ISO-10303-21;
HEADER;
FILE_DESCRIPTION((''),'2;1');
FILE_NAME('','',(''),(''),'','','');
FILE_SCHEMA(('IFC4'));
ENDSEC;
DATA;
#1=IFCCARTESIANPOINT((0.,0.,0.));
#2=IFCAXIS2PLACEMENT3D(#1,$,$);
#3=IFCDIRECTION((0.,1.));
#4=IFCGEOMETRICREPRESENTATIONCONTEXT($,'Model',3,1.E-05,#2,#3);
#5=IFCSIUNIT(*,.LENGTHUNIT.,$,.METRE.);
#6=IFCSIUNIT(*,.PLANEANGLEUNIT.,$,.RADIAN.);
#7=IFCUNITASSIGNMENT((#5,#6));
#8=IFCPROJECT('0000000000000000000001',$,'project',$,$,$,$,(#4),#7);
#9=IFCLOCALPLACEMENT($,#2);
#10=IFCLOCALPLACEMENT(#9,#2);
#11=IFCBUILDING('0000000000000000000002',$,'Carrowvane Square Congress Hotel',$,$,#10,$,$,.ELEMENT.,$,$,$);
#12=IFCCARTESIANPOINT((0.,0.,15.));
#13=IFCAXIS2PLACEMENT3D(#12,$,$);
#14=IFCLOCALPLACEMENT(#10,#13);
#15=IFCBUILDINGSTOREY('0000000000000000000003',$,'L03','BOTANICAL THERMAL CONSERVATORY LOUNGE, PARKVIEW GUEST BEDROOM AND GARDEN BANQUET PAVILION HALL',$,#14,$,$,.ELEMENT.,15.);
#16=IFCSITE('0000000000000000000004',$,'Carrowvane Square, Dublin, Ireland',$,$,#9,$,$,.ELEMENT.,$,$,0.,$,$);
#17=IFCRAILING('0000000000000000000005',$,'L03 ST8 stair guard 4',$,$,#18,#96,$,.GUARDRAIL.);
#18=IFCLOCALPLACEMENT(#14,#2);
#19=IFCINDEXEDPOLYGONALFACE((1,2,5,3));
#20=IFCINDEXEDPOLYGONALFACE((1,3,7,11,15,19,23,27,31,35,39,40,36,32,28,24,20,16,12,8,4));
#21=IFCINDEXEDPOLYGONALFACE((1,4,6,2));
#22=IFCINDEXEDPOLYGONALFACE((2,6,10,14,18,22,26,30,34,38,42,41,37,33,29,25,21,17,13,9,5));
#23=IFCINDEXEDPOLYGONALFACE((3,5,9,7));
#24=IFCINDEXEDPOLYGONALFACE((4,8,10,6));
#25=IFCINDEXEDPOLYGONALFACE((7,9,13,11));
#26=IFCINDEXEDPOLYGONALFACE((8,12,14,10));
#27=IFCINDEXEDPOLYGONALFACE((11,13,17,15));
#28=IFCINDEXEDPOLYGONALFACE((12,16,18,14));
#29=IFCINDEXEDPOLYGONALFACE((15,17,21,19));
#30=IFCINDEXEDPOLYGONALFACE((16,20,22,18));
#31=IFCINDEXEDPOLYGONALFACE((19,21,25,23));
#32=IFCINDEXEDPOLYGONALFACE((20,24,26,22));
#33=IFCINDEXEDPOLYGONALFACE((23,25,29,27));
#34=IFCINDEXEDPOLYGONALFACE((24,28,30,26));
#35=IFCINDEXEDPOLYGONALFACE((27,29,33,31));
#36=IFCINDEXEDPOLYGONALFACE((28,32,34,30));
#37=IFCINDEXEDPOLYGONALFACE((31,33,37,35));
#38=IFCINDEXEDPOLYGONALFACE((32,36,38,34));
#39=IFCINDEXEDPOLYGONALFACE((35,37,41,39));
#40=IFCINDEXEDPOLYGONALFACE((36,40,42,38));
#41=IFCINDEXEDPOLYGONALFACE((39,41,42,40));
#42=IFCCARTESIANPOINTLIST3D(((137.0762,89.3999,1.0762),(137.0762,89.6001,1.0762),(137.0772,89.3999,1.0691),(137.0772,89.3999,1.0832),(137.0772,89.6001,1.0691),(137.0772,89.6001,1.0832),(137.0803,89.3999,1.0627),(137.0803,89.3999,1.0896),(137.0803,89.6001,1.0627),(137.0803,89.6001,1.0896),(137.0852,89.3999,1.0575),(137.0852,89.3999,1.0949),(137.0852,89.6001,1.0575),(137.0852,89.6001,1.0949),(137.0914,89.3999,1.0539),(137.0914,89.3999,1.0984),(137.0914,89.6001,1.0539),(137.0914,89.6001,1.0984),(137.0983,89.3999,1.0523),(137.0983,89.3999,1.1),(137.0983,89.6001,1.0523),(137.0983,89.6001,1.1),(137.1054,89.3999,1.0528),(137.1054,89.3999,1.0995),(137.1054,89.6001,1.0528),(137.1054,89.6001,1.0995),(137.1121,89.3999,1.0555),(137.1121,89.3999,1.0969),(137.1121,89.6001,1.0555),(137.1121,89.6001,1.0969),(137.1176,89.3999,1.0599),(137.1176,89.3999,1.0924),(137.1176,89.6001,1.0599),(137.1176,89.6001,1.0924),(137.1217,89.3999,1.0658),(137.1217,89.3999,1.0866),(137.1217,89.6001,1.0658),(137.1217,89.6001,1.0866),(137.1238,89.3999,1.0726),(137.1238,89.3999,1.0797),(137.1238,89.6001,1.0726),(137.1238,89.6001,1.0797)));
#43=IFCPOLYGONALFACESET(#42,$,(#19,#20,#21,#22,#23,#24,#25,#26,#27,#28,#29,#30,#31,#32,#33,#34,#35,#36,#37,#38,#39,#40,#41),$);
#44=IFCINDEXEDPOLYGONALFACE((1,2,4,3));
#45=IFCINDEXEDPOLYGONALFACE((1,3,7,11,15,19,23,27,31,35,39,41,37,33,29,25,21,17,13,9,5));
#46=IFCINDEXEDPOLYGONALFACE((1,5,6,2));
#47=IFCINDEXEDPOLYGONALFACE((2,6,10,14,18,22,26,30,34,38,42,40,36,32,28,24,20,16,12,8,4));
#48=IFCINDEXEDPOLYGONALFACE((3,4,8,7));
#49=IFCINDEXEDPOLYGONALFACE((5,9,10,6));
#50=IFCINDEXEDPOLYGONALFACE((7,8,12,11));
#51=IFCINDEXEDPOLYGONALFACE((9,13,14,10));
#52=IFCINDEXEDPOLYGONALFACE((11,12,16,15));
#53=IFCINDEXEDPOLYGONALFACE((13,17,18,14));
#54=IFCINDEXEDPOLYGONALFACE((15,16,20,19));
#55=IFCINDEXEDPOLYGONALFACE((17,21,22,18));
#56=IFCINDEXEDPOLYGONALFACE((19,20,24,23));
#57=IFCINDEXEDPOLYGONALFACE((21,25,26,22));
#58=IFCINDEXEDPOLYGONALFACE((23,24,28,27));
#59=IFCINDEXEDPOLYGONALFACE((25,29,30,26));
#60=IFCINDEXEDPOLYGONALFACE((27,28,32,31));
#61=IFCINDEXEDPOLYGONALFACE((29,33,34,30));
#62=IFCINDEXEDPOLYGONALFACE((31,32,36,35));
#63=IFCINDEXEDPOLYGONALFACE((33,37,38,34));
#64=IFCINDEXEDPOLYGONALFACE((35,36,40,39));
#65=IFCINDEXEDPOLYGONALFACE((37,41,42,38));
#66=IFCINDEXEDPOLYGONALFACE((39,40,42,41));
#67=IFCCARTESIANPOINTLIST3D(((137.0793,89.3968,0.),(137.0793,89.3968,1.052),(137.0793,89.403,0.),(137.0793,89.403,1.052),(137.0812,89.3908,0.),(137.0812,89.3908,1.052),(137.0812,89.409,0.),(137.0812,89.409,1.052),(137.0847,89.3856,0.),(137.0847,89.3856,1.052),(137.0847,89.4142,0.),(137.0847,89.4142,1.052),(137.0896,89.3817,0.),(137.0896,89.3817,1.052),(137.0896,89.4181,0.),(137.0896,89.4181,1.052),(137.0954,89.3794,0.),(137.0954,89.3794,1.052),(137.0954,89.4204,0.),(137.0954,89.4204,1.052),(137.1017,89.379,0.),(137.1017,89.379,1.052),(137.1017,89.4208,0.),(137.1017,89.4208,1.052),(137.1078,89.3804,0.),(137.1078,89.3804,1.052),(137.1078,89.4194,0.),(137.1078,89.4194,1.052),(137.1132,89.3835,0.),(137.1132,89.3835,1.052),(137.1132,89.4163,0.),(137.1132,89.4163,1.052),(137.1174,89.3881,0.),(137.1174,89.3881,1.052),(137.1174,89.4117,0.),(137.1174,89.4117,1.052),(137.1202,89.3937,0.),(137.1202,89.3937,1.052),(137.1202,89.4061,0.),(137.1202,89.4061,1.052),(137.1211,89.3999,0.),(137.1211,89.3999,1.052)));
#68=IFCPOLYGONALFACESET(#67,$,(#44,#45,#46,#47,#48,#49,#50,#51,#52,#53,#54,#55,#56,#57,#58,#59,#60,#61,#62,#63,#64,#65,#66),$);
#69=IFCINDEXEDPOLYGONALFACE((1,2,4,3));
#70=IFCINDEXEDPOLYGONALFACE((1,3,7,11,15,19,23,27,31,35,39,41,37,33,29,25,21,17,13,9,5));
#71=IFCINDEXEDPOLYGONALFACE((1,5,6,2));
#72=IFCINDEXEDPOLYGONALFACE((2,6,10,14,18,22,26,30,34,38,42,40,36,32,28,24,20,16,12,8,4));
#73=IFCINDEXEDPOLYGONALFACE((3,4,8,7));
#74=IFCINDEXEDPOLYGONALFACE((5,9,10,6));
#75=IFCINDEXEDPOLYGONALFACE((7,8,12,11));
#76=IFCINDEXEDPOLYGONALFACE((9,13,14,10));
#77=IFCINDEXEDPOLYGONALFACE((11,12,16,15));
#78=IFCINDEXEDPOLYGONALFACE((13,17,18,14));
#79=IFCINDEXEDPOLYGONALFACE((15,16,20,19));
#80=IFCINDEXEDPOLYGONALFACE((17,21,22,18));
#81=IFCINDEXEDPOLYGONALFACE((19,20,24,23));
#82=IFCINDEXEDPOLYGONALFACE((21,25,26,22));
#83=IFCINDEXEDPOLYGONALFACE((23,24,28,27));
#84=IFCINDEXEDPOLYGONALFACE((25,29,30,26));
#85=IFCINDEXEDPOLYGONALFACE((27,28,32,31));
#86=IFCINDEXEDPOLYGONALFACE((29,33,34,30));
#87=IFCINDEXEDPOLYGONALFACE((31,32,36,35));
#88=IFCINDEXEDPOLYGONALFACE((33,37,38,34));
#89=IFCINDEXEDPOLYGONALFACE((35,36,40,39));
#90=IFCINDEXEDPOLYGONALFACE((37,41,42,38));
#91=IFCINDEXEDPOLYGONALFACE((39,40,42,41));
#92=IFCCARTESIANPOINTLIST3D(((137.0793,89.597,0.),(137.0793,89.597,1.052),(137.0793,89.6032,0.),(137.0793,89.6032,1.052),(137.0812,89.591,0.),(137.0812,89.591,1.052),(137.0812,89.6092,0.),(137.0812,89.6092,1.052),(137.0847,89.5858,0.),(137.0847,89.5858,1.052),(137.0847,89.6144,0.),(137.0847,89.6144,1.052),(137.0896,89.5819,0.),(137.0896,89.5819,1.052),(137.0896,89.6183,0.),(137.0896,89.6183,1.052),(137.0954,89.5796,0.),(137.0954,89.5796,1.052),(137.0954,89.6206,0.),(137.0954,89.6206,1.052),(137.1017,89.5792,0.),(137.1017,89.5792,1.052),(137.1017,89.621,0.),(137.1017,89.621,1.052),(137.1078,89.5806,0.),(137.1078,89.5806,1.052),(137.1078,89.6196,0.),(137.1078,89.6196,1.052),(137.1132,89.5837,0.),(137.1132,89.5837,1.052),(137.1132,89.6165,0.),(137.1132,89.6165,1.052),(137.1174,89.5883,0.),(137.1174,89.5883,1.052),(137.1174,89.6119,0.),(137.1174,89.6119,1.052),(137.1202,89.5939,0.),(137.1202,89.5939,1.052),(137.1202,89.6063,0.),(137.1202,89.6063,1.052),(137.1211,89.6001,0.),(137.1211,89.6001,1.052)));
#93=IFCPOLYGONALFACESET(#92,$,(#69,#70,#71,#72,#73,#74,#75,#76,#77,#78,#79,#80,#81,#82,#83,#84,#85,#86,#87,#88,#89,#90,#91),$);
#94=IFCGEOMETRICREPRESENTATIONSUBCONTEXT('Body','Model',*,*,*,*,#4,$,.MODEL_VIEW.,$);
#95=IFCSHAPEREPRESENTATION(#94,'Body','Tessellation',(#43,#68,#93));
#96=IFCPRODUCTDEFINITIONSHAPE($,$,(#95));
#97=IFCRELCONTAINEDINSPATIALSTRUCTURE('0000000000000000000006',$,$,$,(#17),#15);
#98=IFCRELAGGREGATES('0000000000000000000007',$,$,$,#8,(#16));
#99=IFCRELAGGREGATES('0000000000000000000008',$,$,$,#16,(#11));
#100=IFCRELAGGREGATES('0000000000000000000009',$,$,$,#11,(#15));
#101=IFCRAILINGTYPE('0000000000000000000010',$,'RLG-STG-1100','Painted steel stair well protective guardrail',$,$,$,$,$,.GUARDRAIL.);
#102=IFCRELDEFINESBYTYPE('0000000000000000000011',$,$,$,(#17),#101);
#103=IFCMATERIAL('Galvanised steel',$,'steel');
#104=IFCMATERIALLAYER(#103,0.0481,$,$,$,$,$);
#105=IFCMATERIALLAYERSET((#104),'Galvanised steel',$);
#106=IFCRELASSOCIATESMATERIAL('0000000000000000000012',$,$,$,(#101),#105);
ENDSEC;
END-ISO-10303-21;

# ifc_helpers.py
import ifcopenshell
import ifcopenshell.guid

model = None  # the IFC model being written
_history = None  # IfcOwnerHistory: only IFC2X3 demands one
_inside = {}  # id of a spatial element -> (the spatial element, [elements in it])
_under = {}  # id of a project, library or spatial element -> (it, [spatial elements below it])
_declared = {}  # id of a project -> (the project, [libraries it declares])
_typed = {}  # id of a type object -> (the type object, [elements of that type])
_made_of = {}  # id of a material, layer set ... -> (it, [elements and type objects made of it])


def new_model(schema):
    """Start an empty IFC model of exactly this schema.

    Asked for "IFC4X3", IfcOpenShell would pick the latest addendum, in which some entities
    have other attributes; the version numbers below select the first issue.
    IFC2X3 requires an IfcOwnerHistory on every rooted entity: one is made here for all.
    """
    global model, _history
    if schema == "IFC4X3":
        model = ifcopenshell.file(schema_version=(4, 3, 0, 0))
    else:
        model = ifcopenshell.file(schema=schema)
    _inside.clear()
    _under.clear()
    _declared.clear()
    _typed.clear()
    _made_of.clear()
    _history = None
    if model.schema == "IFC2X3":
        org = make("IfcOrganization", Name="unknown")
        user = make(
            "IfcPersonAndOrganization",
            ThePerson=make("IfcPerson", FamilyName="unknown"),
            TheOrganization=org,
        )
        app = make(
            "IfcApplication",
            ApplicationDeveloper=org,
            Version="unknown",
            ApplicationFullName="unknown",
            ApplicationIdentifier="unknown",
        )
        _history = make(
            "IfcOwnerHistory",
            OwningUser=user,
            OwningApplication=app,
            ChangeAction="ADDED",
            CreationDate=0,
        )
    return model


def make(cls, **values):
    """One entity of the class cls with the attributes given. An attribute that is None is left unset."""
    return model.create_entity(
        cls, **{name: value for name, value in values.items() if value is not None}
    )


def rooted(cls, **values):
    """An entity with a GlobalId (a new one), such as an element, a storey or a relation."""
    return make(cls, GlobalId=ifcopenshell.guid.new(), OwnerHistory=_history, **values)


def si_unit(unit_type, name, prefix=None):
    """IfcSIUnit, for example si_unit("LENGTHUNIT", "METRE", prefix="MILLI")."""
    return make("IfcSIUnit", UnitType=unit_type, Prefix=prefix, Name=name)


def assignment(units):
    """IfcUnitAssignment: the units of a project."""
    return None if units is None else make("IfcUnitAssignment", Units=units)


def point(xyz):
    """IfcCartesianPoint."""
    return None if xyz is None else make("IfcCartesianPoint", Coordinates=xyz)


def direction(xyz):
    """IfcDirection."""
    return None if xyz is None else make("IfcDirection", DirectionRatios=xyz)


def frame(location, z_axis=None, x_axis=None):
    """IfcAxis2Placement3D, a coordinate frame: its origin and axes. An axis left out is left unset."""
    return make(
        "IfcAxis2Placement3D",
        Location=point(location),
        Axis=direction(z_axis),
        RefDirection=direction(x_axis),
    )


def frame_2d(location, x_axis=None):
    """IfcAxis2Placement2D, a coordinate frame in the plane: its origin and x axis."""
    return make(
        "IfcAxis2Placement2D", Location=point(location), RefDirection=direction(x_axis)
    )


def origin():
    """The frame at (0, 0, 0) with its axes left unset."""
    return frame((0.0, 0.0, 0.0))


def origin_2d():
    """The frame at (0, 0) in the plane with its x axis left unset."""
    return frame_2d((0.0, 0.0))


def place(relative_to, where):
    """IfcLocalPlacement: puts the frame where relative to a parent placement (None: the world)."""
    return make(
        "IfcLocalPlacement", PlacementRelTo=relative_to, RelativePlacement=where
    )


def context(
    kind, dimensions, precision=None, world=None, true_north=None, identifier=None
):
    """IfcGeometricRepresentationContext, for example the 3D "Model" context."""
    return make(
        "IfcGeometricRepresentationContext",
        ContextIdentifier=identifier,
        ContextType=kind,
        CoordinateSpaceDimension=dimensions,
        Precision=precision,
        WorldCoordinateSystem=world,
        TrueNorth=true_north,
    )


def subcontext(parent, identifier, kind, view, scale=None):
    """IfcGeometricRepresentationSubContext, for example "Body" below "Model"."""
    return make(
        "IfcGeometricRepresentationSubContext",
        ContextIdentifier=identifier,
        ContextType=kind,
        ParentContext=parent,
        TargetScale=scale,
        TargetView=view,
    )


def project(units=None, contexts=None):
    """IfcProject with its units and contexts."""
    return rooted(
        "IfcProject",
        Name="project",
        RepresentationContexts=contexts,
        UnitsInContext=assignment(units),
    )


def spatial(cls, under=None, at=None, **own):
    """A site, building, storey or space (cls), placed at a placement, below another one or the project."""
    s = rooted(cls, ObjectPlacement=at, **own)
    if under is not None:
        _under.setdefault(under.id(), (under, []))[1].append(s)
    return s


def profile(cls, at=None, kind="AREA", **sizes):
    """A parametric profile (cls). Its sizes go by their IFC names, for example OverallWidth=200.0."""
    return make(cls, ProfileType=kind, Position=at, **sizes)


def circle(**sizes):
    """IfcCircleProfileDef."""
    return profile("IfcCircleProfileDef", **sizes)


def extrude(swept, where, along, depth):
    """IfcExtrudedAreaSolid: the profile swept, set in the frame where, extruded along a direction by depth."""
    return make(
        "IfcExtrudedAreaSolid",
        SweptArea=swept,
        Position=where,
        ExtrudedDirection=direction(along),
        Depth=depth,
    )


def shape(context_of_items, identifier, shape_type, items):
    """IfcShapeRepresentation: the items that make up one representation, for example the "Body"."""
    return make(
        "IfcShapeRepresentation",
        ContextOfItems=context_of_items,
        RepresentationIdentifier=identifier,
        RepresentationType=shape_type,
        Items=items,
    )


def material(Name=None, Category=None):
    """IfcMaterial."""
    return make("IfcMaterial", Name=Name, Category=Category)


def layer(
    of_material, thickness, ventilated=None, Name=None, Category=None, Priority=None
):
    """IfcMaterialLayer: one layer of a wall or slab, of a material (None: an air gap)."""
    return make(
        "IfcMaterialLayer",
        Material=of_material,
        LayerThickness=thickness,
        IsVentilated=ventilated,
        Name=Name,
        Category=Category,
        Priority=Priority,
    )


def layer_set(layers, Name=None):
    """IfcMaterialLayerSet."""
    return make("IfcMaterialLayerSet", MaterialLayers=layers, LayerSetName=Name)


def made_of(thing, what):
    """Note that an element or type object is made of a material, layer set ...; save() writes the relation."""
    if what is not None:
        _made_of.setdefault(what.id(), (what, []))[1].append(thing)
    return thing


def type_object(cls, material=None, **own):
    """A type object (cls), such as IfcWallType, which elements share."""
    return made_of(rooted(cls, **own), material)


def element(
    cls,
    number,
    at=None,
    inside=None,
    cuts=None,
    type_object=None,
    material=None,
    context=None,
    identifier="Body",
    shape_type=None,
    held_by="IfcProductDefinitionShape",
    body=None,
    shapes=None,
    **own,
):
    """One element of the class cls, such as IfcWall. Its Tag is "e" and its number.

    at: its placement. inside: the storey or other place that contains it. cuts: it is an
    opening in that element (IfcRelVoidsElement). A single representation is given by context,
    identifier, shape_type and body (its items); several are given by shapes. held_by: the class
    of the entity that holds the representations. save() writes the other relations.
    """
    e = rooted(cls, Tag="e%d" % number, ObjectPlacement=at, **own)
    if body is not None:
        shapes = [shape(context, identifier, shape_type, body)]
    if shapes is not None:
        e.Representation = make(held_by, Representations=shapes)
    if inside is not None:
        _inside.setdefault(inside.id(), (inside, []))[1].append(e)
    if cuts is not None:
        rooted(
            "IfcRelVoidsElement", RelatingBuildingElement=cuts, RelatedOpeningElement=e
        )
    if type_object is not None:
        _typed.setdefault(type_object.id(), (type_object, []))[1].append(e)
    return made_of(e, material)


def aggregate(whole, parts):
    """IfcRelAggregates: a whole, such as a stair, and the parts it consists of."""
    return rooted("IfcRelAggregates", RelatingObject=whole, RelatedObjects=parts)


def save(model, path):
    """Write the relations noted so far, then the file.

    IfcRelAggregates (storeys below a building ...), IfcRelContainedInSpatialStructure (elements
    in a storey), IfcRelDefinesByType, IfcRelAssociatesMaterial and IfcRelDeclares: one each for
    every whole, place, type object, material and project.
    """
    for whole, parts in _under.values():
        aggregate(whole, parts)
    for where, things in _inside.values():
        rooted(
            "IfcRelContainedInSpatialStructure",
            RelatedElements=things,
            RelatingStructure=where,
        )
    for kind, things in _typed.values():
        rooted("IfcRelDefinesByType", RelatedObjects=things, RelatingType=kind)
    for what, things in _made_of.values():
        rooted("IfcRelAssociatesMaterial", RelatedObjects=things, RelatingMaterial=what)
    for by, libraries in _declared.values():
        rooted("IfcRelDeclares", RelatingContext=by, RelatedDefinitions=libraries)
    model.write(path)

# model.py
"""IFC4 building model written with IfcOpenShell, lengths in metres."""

from ifc_helpers import new_model, si_unit, direction, frame, origin, origin_2d, place, context, subcontext, project, spatial, circle, extrude, material, layer, layer_set, type_object, element, save


model = new_model("IFC4")

# Units and contexts
model_context = context("Model", 3, precision=1e-05, world=origin(), true_north=direction((0.0, 1.0)))
body_context = subcontext(model_context, "Body", "Model", "MODEL_VIEW")
ifc_project = project(units=[si_unit("LENGTHUNIT", "METRE"), si_unit("PLANEANGLEUNIT", "RADIAN")], contexts=[model_context])

# Site, building, storey
site_placement = place(None, origin())
site = spatial("IfcSite", under=ifc_project, at=site_placement, Name="Carrowvane Square, Dublin, Ireland", CompositionType="ELEMENT", RefElevation=0.0)
building_placement = place(site_placement, origin())
building = spatial("IfcBuilding", under=site, at=building_placement, Name="Carrowvane Square Congress Hotel", CompositionType="ELEMENT")
storey_placement = place(building_placement, frame((0.0, 0.0, 15.0)))
storey = spatial("IfcBuildingStorey", under=building, at=storey_placement, Name="L03", Description="BOTANICAL THERMAL CONSERVATORY LOUNGE, PARKVIEW GUEST BEDROOM AND GARDEN BANQUET PAVILION HALL", CompositionType="ELEMENT", Elevation=15.0)

# Railing
ifc_material_1 = material(Name="Galvanised steel", Category="steel")
ifc_layer_1 = layer(ifc_material_1, 0.0481)
ifc_layer_set_1 = layer_set([ifc_layer_1], Name="Galvanised steel")
railing_type_1 = type_object("IfcRailingType", Name="RLG-STG-1100", Description="Painted steel stair well protective guardrail", PredefinedType="GUARDRAIL", material=ifc_layer_set_1)
railing_1_placement = place(storey_placement, frame((137.1001, 89.3999, 0.0)))
element("IfcRailing", 1, at=railing_1_placement, inside=storey, type_object=railing_type_1, Name="L03 ST8 stair guard 4", PredefinedType="GUARDRAIL", context=body_context, shape_type="SweptSolid", body=[
    extrude(circle(Radius=0.0239, at=origin_2d()), frame((0.0, 0.0, 1.0762), z_axis=(0.0, 1.0, 0.0), x_axis=(-1.0, 0.0, 0.0)), (0.0, 0.0, 1.0), 0.2002),
    extrude(circle(Radius=0.021, at=origin_2d()), origin(), (0.0, 0.0, 1.0), 1.052),
    extrude(circle(Radius=0.021, at=origin_2d()), frame((0.0, 0.2002, 0.0)), (0.0, 0.0, 1.0), 1.052),
])

save(model, "model.ifc")
